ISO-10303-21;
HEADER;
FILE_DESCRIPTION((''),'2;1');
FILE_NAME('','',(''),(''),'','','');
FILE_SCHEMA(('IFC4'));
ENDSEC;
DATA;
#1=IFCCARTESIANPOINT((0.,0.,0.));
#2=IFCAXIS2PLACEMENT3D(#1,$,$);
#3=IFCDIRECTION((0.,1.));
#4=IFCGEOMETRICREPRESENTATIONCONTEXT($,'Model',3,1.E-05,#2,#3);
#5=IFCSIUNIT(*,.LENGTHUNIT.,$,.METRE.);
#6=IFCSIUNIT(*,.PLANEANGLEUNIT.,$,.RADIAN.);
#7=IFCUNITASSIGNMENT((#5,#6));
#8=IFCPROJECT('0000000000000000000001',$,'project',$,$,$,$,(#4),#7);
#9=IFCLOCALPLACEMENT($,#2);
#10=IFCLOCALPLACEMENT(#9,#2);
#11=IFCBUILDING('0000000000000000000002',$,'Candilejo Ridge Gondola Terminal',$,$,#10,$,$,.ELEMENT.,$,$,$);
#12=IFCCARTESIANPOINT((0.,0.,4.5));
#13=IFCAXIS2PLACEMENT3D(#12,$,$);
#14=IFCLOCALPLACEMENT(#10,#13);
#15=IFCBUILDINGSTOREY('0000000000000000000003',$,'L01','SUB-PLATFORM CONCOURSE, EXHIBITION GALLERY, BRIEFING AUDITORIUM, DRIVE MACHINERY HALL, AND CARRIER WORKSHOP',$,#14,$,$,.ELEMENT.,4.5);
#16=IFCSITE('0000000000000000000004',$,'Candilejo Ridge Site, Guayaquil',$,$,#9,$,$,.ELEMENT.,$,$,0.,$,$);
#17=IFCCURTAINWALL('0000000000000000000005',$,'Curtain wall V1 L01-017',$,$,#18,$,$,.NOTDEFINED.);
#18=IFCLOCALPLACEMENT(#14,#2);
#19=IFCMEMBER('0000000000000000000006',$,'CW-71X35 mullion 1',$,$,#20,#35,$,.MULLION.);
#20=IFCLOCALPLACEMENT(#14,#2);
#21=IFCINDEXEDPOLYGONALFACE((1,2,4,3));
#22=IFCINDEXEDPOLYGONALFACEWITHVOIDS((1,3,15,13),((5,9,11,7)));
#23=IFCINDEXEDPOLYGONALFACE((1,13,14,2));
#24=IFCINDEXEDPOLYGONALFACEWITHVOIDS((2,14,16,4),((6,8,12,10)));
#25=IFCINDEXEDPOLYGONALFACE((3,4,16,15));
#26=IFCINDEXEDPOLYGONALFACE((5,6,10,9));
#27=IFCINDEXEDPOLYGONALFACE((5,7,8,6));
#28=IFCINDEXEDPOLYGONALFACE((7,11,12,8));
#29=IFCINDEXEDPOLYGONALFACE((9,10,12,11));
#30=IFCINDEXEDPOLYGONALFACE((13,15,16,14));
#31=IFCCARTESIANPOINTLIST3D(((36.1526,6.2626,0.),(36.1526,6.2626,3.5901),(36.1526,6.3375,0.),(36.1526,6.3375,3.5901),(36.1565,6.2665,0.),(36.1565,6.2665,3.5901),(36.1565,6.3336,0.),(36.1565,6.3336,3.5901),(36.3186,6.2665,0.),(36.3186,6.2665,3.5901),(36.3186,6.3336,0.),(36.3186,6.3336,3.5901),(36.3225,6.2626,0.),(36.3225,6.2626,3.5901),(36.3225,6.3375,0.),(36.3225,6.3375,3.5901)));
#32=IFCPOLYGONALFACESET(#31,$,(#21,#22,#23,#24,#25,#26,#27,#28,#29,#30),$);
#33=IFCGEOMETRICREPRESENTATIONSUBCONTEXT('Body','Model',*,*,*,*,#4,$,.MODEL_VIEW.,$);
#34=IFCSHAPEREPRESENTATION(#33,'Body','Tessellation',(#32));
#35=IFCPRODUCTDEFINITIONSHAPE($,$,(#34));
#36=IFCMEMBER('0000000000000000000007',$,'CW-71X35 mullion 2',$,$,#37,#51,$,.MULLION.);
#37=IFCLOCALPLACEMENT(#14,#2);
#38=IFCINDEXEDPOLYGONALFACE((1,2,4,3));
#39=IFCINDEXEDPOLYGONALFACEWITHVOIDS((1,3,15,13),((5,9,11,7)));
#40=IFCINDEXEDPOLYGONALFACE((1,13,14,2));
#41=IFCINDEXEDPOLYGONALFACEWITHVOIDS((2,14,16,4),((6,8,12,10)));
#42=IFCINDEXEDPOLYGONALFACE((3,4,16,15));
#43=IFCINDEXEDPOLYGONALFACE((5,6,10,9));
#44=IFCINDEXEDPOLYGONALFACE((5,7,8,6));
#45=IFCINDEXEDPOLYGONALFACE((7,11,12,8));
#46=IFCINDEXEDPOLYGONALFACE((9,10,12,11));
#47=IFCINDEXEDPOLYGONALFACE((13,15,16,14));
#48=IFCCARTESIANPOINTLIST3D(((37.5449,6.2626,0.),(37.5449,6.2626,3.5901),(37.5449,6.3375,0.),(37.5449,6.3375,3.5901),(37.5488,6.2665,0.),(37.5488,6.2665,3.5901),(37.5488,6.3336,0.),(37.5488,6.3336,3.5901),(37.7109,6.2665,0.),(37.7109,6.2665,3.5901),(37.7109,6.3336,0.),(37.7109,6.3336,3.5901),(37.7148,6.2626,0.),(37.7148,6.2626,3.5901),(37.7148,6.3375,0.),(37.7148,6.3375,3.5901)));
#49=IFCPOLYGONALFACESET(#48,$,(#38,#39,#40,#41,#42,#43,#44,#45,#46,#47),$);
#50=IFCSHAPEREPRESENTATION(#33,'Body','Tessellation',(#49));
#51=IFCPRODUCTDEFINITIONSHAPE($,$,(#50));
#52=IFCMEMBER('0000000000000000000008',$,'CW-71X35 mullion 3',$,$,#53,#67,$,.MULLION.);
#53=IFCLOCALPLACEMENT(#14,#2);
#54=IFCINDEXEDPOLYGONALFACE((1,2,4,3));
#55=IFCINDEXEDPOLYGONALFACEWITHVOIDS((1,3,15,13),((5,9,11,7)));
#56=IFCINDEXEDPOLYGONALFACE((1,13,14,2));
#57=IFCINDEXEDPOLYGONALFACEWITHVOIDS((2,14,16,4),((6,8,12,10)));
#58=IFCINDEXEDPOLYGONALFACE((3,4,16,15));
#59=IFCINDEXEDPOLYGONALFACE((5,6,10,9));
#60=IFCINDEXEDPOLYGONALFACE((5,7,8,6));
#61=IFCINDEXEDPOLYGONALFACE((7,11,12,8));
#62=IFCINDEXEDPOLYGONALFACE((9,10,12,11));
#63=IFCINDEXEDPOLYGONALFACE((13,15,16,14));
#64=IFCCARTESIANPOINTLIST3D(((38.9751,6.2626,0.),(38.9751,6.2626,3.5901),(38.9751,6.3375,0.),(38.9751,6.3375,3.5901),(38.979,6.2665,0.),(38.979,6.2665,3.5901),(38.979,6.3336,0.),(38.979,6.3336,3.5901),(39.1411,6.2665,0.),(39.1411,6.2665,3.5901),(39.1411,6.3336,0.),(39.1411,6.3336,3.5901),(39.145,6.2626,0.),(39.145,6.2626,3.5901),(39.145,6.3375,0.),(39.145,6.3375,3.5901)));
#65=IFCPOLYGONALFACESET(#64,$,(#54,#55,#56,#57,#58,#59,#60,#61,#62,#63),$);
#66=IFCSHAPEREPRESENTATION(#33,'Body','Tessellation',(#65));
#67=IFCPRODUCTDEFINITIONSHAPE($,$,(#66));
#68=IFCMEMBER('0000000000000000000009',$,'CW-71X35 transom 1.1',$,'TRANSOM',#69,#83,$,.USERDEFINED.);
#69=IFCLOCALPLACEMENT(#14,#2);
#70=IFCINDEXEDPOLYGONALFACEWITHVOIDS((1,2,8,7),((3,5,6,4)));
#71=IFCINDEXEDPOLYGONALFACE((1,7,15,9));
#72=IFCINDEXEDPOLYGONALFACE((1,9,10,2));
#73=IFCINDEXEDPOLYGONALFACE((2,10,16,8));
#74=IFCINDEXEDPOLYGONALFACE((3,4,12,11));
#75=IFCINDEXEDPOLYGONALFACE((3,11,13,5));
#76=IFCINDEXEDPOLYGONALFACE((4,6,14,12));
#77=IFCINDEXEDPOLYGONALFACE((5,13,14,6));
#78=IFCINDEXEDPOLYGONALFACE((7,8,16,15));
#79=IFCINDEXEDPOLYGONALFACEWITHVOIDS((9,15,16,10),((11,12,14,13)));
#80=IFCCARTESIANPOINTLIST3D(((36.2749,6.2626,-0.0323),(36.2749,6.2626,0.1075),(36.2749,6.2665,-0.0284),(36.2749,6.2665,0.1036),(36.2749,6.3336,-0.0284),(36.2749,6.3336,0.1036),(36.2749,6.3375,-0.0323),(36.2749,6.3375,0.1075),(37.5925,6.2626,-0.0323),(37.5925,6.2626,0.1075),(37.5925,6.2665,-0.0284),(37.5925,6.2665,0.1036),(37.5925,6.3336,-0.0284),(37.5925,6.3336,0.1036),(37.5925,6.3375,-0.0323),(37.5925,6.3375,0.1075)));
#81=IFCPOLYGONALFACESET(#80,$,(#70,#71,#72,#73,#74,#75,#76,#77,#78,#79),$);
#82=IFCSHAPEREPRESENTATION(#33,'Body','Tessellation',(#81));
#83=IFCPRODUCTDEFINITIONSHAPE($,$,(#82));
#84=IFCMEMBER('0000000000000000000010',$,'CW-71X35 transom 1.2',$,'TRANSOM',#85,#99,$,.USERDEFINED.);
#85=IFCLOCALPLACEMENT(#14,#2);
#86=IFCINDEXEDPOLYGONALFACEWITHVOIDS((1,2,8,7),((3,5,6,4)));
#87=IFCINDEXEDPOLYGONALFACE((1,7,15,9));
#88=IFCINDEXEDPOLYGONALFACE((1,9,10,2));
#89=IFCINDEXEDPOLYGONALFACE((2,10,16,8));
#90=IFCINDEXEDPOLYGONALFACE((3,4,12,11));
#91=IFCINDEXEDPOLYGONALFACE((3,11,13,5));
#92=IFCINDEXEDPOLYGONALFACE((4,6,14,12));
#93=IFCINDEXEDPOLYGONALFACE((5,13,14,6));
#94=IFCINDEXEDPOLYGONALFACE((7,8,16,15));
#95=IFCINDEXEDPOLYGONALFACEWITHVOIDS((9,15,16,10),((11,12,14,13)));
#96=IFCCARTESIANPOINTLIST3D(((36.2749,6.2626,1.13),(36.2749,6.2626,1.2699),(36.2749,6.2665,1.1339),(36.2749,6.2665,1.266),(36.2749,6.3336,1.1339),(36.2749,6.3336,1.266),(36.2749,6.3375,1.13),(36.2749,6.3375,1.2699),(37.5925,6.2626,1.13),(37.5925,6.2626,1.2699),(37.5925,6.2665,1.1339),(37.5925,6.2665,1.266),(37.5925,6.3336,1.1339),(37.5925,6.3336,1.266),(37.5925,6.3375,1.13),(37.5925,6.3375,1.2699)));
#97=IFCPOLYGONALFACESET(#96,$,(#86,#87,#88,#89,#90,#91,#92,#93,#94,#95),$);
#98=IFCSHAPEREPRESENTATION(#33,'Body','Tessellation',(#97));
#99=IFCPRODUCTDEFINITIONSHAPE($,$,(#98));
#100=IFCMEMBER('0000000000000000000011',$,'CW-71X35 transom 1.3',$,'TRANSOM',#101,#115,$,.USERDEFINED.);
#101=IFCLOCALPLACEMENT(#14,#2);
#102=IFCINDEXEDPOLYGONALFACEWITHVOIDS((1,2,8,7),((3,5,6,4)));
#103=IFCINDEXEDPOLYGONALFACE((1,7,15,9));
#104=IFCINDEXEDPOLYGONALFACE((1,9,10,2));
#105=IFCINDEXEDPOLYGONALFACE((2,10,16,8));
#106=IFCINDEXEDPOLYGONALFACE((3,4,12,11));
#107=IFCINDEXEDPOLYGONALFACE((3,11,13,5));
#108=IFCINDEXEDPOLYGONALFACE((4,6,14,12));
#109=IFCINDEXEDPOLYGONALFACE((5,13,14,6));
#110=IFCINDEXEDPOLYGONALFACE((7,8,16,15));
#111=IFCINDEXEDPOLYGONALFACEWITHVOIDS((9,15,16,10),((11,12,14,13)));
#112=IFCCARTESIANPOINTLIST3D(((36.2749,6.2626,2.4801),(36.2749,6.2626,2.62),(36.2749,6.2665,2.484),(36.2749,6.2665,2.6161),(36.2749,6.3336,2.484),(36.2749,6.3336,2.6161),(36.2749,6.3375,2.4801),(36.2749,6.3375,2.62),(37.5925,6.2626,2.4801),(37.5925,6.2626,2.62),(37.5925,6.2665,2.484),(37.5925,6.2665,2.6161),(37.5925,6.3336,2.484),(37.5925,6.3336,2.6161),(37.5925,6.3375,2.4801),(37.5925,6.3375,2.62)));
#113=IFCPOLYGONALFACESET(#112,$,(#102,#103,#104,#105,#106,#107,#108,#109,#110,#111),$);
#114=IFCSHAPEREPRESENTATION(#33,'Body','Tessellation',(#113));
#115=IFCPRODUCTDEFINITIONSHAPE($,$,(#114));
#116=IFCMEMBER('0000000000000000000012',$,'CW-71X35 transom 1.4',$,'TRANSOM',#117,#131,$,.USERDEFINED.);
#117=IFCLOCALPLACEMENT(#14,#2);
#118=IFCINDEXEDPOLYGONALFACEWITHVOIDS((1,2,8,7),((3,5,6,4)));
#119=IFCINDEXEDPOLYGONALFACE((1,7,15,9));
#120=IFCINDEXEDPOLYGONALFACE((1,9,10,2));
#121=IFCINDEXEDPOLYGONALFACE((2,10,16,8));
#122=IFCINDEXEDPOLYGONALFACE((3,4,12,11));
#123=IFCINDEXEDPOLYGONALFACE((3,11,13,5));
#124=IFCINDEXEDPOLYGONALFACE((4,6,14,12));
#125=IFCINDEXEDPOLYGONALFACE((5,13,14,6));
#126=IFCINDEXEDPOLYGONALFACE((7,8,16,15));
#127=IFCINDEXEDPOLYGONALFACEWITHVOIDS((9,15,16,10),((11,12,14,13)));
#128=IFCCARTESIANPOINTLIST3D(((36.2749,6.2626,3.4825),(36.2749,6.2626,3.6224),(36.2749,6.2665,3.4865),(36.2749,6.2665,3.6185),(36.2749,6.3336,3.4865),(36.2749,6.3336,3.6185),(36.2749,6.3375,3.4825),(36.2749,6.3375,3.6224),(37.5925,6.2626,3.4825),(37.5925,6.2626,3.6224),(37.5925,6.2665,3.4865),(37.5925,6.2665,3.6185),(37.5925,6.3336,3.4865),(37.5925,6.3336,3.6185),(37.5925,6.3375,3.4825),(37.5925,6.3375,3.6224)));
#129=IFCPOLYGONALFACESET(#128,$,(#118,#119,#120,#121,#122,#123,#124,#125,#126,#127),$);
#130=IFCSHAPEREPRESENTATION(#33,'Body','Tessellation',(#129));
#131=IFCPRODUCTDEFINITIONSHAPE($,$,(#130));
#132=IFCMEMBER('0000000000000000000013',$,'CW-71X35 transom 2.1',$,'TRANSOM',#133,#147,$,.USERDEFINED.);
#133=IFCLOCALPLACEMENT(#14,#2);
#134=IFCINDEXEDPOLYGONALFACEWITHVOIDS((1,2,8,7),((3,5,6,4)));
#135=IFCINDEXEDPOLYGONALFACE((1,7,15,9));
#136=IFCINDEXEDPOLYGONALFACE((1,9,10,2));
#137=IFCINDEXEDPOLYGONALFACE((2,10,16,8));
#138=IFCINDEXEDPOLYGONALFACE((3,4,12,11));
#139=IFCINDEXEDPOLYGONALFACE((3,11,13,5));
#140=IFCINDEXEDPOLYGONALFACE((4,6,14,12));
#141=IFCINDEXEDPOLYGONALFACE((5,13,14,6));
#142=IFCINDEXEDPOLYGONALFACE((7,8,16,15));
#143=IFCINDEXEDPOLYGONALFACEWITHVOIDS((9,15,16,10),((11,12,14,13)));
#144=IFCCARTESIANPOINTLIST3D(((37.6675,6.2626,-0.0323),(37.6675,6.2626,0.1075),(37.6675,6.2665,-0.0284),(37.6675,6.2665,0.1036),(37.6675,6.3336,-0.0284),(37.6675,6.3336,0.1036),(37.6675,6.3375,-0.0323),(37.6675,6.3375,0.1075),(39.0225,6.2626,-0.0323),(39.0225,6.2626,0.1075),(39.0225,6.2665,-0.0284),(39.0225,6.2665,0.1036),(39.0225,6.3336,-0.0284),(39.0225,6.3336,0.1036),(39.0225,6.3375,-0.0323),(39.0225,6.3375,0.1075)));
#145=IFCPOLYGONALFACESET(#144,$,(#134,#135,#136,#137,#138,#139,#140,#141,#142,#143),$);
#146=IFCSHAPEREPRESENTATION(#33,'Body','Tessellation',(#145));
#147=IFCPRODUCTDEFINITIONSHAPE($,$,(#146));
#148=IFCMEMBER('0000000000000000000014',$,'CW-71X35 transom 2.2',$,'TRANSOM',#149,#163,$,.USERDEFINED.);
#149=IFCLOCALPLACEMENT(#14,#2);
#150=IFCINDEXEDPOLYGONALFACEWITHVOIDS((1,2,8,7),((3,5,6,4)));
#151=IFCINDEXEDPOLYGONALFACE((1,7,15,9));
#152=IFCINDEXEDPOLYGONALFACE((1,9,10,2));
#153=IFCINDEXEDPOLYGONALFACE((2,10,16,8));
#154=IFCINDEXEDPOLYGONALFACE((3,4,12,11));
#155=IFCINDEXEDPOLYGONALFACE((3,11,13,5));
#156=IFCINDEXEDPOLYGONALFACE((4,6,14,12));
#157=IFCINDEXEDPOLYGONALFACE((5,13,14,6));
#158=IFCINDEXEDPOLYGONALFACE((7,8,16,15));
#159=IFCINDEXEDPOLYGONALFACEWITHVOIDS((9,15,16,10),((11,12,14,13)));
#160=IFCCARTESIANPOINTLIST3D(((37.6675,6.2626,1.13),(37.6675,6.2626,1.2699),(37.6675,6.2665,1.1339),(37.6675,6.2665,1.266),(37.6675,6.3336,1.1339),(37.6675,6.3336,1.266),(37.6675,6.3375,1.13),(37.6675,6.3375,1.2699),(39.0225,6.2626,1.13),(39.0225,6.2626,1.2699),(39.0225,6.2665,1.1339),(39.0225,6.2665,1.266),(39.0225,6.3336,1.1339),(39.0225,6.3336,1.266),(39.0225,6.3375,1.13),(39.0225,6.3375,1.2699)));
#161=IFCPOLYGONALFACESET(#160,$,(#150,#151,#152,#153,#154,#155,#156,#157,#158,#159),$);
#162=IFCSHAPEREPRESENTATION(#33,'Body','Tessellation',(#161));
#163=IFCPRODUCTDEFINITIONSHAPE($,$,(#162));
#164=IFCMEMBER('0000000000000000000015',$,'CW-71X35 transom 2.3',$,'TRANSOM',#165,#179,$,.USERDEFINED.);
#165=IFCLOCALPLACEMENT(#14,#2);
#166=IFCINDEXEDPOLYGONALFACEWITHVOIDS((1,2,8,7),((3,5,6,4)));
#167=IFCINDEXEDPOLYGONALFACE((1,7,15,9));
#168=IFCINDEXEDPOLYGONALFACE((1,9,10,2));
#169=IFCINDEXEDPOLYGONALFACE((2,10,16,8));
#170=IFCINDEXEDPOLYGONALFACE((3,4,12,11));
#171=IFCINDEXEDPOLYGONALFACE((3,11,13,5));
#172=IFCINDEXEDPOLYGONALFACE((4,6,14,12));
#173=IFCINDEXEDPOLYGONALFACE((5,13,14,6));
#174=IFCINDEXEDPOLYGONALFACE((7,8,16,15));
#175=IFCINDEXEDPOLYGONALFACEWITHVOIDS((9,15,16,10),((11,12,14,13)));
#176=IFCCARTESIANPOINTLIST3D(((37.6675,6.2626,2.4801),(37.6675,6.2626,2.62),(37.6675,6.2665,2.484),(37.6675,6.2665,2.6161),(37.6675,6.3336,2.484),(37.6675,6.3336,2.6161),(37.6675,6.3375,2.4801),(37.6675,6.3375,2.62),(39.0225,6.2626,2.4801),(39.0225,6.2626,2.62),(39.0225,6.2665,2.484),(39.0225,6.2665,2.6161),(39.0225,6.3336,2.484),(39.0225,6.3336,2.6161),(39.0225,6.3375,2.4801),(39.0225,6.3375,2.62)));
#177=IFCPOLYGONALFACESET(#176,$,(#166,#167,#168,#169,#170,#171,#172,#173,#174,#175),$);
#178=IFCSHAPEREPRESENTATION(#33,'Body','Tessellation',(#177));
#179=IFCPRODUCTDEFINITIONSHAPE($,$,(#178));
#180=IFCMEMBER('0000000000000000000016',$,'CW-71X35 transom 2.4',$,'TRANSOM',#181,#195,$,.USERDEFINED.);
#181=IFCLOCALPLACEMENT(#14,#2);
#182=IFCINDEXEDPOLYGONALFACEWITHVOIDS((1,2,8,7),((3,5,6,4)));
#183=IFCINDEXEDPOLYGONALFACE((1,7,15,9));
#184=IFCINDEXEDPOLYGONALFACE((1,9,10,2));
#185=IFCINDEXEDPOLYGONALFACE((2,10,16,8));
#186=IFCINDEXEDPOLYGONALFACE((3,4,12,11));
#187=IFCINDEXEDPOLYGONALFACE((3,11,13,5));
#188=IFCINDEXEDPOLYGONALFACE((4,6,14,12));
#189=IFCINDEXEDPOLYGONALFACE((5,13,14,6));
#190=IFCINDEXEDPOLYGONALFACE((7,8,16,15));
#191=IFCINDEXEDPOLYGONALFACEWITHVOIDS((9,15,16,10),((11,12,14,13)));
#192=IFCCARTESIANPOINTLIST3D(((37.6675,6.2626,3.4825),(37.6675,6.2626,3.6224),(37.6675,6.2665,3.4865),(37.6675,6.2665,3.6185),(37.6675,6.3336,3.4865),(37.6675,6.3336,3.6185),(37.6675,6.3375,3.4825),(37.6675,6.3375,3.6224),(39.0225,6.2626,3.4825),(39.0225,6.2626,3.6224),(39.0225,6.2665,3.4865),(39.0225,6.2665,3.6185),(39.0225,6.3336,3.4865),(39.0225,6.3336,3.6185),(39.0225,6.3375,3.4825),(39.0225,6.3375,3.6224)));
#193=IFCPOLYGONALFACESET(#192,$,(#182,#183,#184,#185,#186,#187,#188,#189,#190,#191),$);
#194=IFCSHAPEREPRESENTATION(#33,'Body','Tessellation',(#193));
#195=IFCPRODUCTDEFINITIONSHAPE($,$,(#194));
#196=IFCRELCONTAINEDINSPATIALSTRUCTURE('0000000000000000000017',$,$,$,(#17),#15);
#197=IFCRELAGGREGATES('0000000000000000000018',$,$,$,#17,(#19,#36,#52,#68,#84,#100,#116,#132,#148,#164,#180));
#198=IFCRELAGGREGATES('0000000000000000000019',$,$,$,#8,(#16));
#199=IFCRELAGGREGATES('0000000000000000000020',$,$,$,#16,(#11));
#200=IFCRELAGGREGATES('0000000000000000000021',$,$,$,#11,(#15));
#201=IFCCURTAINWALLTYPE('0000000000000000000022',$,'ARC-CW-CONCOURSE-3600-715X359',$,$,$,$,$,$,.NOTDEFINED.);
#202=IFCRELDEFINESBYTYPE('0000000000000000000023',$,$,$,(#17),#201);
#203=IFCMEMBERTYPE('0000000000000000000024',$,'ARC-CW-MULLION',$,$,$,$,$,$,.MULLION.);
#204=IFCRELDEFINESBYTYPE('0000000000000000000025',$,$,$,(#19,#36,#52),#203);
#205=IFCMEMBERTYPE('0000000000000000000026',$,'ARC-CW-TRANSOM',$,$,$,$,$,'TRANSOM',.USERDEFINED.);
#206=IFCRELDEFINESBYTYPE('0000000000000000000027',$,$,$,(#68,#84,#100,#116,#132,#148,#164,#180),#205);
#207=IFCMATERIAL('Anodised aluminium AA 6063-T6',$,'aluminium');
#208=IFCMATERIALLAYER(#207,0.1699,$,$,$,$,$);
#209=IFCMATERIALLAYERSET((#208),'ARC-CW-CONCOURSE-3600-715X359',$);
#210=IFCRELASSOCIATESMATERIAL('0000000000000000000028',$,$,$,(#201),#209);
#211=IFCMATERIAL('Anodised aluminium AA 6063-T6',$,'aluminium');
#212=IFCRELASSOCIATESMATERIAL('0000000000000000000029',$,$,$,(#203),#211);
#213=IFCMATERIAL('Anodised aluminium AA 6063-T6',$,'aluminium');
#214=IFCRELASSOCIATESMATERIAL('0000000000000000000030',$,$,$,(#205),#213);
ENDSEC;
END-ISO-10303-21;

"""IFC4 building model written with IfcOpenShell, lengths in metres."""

from ifc_helpers import new_model, si_unit, direction, frame, origin, origin_2d, place, context, subcontext, project, spatial, hollow_rectangle, extrude, material, layer, layer_set, material_profile, profile_set, type_object, element, aggregate, save


model = new_model("IFC4")

# Units and contexts
model_context = context("Model", 3, precision=1e-05, world=origin(), true_north=direction((0.0, 1.0)))
body_context = subcontext(model_context, "Body", "Model", "MODEL_VIEW")
ifc_project = project(units=[si_unit("LENGTHUNIT", "METRE"), si_unit("PLANEANGLEUNIT", "RADIAN")], contexts=[model_context])

# Site, building, storey
site_placement = place(None, origin())
site = spatial("IfcSite", under=ifc_project, at=site_placement, Name="Candilejo Ridge Site, Guayaquil", CompositionType="ELEMENT", RefElevation=0.0)
building_placement = place(site_placement, origin())
building = spatial("IfcBuilding", under=site, at=building_placement, Name="Candilejo Ridge Gondola Terminal", CompositionType="ELEMENT")
storey_placement = place(building_placement, frame((0.0, 0.0, 4.5)))
storey = spatial("IfcBuildingStorey", under=building, at=storey_placement, Name="L01", Description="SUB-PLATFORM CONCOURSE, EXHIBITION GALLERY, BRIEFING AUDITORIUM, DRIVE MACHINERY HALL, AND CARRIER WORKSHOP", CompositionType="ELEMENT", Elevation=4.5)

# Curtain wall, members
ifc_material_1 = material(Name="Anodised aluminium AA 6063-T6", Category="aluminium")
ifc_layer_1 = layer(ifc_material_1, 0.1699)
ifc_layer_set_1 = layer_set([ifc_layer_1], Name="ARC-CW-CONCOURSE-3600-715X359")
curtain_wall_type = type_object("IfcCurtainWallType", Name="ARC-CW-CONCOURSE-3600-715X359", PredefinedType="NOTDEFINED", material=ifc_layer_set_1)
curtain_wall_placement = place(storey_placement, origin())
curtain_wall = element("IfcCurtainWall", 1, at=curtain_wall_placement, inside=storey, type_object=curtain_wall_type, Name="Curtain wall V1 L01-017", PredefinedType="NOTDEFINED")
ifc_material_2 = material(Name="Anodised aluminium AA 6063-T6", Category="aluminium")
ifc_material_profile_1 = material_profile(ifc_material_2, hollow_rectangle(XDim=0.075, YDim=0.1699, WallThickness=0.0039, at=origin_2d()))
ifc_profile_set_1 = profile_set([ifc_material_profile_1], Name="Anodised aluminium AA 6063-T6")
member_type_1 = type_object("IfcMemberType", Name="ARC-CW-MULLION", PredefinedType="MULLION", material=ifc_profile_set_1)
member_1_placement = place(storey_placement, frame((36.2375, 6.3, 0.0), z_axis=(0.0, 0.0, 1.0), x_axis=(0.0, 1.0, 0.0)))
member_1 = element("IfcMember", 2, at=member_1_placement, type_object=member_type_1, Name="CW-71X35 mullion 1", PredefinedType="MULLION", context=body_context, shape_type="SweptSolid", body=[
    extrude(hollow_rectangle(XDim=0.075, YDim=0.1699, WallThickness=0.0039, at=origin_2d()), origin(), (0.0, 0.0, 1.0), 3.5901),
])
member_2_placement = place(storey_placement, frame((37.6299, 6.3, 0.0), z_axis=(0.0, 0.0, 1.0), x_axis=(0.0, 1.0, 0.0)))
member_2 = element("IfcMember", 3, at=member_2_placement, type_object=member_type_1, Name="CW-71X35 mullion 2", PredefinedType="MULLION", context=body_context, shape_type="SweptSolid", body=[
    extrude(hollow_rectangle(XDim=0.075, YDim=0.1699, WallThickness=0.0039, at=origin_2d()), origin(), (0.0, 0.0, 1.0), 3.5901),
])
member_3_placement = place(storey_placement, frame((39.0601, 6.3, 0.0), z_axis=(0.0, 0.0, 1.0), x_axis=(0.0, 1.0, 0.0)))
member_3 = element("IfcMember", 4, at=member_3_placement, type_object=member_type_1, Name="CW-71X35 mullion 3", PredefinedType="MULLION", context=body_context, shape_type="SweptSolid", body=[
    extrude(hollow_rectangle(XDim=0.075, YDim=0.1699, WallThickness=0.0039, at=origin_2d()), origin(), (0.0, 0.0, 1.0), 3.5901),
])
ifc_material_3 = material(Name="Anodised aluminium AA 6063-T6", Category="aluminium")
ifc_material_profile_2 = material_profile(ifc_material_3, hollow_rectangle(XDim=0.075, YDim=0.1399, WallThickness=0.0039, at=origin_2d()))
ifc_profile_set_2 = profile_set([ifc_material_profile_2], Name="Anodised aluminium AA 6063-T6")
member_type_2 = type_object("IfcMemberType", Name="ARC-CW-TRANSOM", ElementType="TRANSOM", PredefinedType="USERDEFINED", material=ifc_profile_set_2)
member_4_placement = place(storey_placement, frame((36.2749, 6.3, 0.0376), z_axis=(1.0, 0.0, 0.0), x_axis=(0.0, 1.0, 0.0)))
member_4 = element("IfcMember", 5, at=member_4_placement, type_object=member_type_2, Name="CW-71X35 transom 1.1", ObjectType="TRANSOM", PredefinedType="USERDEFINED", context=body_context, shape_type="SweptSolid", body=[
    extrude(hollow_rectangle(XDim=0.075, YDim=0.1399, WallThickness=0.0039, at=origin_2d()), origin(), (0.0, 0.0, 1.0), 1.3176),
])
member_5_placement = place(storey_placement, frame((36.2749, 6.3, 1.2), z_axis=(1.0, 0.0, 0.0), x_axis=(0.0, 1.0, 0.0)))
member_5 = element("IfcMember", 6, at=member_5_placement, type_object=member_type_2, Name="CW-71X35 transom 1.2", ObjectType="TRANSOM", PredefinedType="USERDEFINED", context=body_context, shape_type="SweptSolid", body=[
    extrude(hollow_rectangle(XDim=0.075, YDim=0.1399, WallThickness=0.0039, at=origin_2d()), origin(), (0.0, 0.0, 1.0), 1.3176),
])
member_6_placement = place(storey_placement, frame((36.2749, 6.3, 2.55), z_axis=(1.0, 0.0, 0.0), x_axis=(0.0, 1.0, 0.0)))
member_6 = element("IfcMember", 7, at=member_6_placement, type_object=member_type_2, Name="CW-71X35 transom 1.3", ObjectType="TRANSOM", PredefinedType="USERDEFINED", context=body_context, shape_type="SweptSolid", body=[
    extrude(hollow_rectangle(XDim=0.075, YDim=0.1399, WallThickness=0.0039, at=origin_2d()), origin(), (0.0, 0.0, 1.0), 1.3176),
])
member_7_placement = place(storey_placement, frame((36.2749, 6.3, 3.5525), z_axis=(1.0, 0.0, 0.0), x_axis=(0.0, 1.0, 0.0)))
member_7 = element("IfcMember", 8, at=member_7_placement, type_object=member_type_2, Name="CW-71X35 transom 1.4", ObjectType="TRANSOM", PredefinedType="USERDEFINED", context=body_context, shape_type="SweptSolid", body=[
    extrude(hollow_rectangle(XDim=0.075, YDim=0.1399, WallThickness=0.0039, at=origin_2d()), origin(), (0.0, 0.0, 1.0), 1.3176),
])
member_8_placement = place(storey_placement, frame((37.6675, 6.3, 0.0376), z_axis=(1.0, 0.0, 0.0), x_axis=(0.0, 1.0, 0.0)))
member_8 = element("IfcMember", 9, at=member_8_placement, type_object=member_type_2, Name="CW-71X35 transom 2.1", ObjectType="TRANSOM", PredefinedType="USERDEFINED", context=body_context, shape_type="SweptSolid", body=[
    extrude(hollow_rectangle(XDim=0.075, YDim=0.1399, WallThickness=0.0039, at=origin_2d()), origin(), (0.0, 0.0, 1.0), 1.355),
])
member_9_placement = place(storey_placement, frame((37.6675, 6.3, 1.2), z_axis=(1.0, 0.0, 0.0), x_axis=(0.0, 1.0, 0.0)))
member_9 = element("IfcMember", 10, at=member_9_placement, type_object=member_type_2, Name="CW-71X35 transom 2.2", ObjectType="TRANSOM", PredefinedType="USERDEFINED", context=body_context, shape_type="SweptSolid", body=[
    extrude(hollow_rectangle(XDim=0.075, YDim=0.1399, WallThickness=0.0039, at=origin_2d()), origin(), (0.0, 0.0, 1.0), 1.355),
])
member_10_placement = place(storey_placement, frame((37.6675, 6.3, 2.55), z_axis=(1.0, 0.0, 0.0), x_axis=(0.0, 1.0, 0.0)))
member_10 = element("IfcMember", 11, at=member_10_placement, type_object=member_type_2, Name="CW-71X35 transom 2.3", ObjectType="TRANSOM", PredefinedType="USERDEFINED", context=body_context, shape_type="SweptSolid", body=[
    extrude(hollow_rectangle(XDim=0.075, YDim=0.1399, WallThickness=0.0039, at=origin_2d()), origin(), (0.0, 0.0, 1.0), 1.355),
])
member_11_placement = place(storey_placement, frame((37.6675, 6.3, 3.5525), z_axis=(1.0, 0.0, 0.0), x_axis=(0.0, 1.0, 0.0)))
member_11 = element("IfcMember", 12, at=member_11_placement, type_object=member_type_2, Name="CW-71X35 transom 2.4", ObjectType="TRANSOM", PredefinedType="USERDEFINED", context=body_context, shape_type="SweptSolid", body=[
    extrude(hollow_rectangle(XDim=0.075, YDim=0.1399, WallThickness=0.0039, at=origin_2d()), origin(), (0.0, 0.0, 1.0), 1.355),
])
aggregate(curtain_wall, [member_1, member_2, member_3, member_4, member_5, member_6, member_7, member_8, member_9, member_10, member_11])

save(model, "model.ifc")
